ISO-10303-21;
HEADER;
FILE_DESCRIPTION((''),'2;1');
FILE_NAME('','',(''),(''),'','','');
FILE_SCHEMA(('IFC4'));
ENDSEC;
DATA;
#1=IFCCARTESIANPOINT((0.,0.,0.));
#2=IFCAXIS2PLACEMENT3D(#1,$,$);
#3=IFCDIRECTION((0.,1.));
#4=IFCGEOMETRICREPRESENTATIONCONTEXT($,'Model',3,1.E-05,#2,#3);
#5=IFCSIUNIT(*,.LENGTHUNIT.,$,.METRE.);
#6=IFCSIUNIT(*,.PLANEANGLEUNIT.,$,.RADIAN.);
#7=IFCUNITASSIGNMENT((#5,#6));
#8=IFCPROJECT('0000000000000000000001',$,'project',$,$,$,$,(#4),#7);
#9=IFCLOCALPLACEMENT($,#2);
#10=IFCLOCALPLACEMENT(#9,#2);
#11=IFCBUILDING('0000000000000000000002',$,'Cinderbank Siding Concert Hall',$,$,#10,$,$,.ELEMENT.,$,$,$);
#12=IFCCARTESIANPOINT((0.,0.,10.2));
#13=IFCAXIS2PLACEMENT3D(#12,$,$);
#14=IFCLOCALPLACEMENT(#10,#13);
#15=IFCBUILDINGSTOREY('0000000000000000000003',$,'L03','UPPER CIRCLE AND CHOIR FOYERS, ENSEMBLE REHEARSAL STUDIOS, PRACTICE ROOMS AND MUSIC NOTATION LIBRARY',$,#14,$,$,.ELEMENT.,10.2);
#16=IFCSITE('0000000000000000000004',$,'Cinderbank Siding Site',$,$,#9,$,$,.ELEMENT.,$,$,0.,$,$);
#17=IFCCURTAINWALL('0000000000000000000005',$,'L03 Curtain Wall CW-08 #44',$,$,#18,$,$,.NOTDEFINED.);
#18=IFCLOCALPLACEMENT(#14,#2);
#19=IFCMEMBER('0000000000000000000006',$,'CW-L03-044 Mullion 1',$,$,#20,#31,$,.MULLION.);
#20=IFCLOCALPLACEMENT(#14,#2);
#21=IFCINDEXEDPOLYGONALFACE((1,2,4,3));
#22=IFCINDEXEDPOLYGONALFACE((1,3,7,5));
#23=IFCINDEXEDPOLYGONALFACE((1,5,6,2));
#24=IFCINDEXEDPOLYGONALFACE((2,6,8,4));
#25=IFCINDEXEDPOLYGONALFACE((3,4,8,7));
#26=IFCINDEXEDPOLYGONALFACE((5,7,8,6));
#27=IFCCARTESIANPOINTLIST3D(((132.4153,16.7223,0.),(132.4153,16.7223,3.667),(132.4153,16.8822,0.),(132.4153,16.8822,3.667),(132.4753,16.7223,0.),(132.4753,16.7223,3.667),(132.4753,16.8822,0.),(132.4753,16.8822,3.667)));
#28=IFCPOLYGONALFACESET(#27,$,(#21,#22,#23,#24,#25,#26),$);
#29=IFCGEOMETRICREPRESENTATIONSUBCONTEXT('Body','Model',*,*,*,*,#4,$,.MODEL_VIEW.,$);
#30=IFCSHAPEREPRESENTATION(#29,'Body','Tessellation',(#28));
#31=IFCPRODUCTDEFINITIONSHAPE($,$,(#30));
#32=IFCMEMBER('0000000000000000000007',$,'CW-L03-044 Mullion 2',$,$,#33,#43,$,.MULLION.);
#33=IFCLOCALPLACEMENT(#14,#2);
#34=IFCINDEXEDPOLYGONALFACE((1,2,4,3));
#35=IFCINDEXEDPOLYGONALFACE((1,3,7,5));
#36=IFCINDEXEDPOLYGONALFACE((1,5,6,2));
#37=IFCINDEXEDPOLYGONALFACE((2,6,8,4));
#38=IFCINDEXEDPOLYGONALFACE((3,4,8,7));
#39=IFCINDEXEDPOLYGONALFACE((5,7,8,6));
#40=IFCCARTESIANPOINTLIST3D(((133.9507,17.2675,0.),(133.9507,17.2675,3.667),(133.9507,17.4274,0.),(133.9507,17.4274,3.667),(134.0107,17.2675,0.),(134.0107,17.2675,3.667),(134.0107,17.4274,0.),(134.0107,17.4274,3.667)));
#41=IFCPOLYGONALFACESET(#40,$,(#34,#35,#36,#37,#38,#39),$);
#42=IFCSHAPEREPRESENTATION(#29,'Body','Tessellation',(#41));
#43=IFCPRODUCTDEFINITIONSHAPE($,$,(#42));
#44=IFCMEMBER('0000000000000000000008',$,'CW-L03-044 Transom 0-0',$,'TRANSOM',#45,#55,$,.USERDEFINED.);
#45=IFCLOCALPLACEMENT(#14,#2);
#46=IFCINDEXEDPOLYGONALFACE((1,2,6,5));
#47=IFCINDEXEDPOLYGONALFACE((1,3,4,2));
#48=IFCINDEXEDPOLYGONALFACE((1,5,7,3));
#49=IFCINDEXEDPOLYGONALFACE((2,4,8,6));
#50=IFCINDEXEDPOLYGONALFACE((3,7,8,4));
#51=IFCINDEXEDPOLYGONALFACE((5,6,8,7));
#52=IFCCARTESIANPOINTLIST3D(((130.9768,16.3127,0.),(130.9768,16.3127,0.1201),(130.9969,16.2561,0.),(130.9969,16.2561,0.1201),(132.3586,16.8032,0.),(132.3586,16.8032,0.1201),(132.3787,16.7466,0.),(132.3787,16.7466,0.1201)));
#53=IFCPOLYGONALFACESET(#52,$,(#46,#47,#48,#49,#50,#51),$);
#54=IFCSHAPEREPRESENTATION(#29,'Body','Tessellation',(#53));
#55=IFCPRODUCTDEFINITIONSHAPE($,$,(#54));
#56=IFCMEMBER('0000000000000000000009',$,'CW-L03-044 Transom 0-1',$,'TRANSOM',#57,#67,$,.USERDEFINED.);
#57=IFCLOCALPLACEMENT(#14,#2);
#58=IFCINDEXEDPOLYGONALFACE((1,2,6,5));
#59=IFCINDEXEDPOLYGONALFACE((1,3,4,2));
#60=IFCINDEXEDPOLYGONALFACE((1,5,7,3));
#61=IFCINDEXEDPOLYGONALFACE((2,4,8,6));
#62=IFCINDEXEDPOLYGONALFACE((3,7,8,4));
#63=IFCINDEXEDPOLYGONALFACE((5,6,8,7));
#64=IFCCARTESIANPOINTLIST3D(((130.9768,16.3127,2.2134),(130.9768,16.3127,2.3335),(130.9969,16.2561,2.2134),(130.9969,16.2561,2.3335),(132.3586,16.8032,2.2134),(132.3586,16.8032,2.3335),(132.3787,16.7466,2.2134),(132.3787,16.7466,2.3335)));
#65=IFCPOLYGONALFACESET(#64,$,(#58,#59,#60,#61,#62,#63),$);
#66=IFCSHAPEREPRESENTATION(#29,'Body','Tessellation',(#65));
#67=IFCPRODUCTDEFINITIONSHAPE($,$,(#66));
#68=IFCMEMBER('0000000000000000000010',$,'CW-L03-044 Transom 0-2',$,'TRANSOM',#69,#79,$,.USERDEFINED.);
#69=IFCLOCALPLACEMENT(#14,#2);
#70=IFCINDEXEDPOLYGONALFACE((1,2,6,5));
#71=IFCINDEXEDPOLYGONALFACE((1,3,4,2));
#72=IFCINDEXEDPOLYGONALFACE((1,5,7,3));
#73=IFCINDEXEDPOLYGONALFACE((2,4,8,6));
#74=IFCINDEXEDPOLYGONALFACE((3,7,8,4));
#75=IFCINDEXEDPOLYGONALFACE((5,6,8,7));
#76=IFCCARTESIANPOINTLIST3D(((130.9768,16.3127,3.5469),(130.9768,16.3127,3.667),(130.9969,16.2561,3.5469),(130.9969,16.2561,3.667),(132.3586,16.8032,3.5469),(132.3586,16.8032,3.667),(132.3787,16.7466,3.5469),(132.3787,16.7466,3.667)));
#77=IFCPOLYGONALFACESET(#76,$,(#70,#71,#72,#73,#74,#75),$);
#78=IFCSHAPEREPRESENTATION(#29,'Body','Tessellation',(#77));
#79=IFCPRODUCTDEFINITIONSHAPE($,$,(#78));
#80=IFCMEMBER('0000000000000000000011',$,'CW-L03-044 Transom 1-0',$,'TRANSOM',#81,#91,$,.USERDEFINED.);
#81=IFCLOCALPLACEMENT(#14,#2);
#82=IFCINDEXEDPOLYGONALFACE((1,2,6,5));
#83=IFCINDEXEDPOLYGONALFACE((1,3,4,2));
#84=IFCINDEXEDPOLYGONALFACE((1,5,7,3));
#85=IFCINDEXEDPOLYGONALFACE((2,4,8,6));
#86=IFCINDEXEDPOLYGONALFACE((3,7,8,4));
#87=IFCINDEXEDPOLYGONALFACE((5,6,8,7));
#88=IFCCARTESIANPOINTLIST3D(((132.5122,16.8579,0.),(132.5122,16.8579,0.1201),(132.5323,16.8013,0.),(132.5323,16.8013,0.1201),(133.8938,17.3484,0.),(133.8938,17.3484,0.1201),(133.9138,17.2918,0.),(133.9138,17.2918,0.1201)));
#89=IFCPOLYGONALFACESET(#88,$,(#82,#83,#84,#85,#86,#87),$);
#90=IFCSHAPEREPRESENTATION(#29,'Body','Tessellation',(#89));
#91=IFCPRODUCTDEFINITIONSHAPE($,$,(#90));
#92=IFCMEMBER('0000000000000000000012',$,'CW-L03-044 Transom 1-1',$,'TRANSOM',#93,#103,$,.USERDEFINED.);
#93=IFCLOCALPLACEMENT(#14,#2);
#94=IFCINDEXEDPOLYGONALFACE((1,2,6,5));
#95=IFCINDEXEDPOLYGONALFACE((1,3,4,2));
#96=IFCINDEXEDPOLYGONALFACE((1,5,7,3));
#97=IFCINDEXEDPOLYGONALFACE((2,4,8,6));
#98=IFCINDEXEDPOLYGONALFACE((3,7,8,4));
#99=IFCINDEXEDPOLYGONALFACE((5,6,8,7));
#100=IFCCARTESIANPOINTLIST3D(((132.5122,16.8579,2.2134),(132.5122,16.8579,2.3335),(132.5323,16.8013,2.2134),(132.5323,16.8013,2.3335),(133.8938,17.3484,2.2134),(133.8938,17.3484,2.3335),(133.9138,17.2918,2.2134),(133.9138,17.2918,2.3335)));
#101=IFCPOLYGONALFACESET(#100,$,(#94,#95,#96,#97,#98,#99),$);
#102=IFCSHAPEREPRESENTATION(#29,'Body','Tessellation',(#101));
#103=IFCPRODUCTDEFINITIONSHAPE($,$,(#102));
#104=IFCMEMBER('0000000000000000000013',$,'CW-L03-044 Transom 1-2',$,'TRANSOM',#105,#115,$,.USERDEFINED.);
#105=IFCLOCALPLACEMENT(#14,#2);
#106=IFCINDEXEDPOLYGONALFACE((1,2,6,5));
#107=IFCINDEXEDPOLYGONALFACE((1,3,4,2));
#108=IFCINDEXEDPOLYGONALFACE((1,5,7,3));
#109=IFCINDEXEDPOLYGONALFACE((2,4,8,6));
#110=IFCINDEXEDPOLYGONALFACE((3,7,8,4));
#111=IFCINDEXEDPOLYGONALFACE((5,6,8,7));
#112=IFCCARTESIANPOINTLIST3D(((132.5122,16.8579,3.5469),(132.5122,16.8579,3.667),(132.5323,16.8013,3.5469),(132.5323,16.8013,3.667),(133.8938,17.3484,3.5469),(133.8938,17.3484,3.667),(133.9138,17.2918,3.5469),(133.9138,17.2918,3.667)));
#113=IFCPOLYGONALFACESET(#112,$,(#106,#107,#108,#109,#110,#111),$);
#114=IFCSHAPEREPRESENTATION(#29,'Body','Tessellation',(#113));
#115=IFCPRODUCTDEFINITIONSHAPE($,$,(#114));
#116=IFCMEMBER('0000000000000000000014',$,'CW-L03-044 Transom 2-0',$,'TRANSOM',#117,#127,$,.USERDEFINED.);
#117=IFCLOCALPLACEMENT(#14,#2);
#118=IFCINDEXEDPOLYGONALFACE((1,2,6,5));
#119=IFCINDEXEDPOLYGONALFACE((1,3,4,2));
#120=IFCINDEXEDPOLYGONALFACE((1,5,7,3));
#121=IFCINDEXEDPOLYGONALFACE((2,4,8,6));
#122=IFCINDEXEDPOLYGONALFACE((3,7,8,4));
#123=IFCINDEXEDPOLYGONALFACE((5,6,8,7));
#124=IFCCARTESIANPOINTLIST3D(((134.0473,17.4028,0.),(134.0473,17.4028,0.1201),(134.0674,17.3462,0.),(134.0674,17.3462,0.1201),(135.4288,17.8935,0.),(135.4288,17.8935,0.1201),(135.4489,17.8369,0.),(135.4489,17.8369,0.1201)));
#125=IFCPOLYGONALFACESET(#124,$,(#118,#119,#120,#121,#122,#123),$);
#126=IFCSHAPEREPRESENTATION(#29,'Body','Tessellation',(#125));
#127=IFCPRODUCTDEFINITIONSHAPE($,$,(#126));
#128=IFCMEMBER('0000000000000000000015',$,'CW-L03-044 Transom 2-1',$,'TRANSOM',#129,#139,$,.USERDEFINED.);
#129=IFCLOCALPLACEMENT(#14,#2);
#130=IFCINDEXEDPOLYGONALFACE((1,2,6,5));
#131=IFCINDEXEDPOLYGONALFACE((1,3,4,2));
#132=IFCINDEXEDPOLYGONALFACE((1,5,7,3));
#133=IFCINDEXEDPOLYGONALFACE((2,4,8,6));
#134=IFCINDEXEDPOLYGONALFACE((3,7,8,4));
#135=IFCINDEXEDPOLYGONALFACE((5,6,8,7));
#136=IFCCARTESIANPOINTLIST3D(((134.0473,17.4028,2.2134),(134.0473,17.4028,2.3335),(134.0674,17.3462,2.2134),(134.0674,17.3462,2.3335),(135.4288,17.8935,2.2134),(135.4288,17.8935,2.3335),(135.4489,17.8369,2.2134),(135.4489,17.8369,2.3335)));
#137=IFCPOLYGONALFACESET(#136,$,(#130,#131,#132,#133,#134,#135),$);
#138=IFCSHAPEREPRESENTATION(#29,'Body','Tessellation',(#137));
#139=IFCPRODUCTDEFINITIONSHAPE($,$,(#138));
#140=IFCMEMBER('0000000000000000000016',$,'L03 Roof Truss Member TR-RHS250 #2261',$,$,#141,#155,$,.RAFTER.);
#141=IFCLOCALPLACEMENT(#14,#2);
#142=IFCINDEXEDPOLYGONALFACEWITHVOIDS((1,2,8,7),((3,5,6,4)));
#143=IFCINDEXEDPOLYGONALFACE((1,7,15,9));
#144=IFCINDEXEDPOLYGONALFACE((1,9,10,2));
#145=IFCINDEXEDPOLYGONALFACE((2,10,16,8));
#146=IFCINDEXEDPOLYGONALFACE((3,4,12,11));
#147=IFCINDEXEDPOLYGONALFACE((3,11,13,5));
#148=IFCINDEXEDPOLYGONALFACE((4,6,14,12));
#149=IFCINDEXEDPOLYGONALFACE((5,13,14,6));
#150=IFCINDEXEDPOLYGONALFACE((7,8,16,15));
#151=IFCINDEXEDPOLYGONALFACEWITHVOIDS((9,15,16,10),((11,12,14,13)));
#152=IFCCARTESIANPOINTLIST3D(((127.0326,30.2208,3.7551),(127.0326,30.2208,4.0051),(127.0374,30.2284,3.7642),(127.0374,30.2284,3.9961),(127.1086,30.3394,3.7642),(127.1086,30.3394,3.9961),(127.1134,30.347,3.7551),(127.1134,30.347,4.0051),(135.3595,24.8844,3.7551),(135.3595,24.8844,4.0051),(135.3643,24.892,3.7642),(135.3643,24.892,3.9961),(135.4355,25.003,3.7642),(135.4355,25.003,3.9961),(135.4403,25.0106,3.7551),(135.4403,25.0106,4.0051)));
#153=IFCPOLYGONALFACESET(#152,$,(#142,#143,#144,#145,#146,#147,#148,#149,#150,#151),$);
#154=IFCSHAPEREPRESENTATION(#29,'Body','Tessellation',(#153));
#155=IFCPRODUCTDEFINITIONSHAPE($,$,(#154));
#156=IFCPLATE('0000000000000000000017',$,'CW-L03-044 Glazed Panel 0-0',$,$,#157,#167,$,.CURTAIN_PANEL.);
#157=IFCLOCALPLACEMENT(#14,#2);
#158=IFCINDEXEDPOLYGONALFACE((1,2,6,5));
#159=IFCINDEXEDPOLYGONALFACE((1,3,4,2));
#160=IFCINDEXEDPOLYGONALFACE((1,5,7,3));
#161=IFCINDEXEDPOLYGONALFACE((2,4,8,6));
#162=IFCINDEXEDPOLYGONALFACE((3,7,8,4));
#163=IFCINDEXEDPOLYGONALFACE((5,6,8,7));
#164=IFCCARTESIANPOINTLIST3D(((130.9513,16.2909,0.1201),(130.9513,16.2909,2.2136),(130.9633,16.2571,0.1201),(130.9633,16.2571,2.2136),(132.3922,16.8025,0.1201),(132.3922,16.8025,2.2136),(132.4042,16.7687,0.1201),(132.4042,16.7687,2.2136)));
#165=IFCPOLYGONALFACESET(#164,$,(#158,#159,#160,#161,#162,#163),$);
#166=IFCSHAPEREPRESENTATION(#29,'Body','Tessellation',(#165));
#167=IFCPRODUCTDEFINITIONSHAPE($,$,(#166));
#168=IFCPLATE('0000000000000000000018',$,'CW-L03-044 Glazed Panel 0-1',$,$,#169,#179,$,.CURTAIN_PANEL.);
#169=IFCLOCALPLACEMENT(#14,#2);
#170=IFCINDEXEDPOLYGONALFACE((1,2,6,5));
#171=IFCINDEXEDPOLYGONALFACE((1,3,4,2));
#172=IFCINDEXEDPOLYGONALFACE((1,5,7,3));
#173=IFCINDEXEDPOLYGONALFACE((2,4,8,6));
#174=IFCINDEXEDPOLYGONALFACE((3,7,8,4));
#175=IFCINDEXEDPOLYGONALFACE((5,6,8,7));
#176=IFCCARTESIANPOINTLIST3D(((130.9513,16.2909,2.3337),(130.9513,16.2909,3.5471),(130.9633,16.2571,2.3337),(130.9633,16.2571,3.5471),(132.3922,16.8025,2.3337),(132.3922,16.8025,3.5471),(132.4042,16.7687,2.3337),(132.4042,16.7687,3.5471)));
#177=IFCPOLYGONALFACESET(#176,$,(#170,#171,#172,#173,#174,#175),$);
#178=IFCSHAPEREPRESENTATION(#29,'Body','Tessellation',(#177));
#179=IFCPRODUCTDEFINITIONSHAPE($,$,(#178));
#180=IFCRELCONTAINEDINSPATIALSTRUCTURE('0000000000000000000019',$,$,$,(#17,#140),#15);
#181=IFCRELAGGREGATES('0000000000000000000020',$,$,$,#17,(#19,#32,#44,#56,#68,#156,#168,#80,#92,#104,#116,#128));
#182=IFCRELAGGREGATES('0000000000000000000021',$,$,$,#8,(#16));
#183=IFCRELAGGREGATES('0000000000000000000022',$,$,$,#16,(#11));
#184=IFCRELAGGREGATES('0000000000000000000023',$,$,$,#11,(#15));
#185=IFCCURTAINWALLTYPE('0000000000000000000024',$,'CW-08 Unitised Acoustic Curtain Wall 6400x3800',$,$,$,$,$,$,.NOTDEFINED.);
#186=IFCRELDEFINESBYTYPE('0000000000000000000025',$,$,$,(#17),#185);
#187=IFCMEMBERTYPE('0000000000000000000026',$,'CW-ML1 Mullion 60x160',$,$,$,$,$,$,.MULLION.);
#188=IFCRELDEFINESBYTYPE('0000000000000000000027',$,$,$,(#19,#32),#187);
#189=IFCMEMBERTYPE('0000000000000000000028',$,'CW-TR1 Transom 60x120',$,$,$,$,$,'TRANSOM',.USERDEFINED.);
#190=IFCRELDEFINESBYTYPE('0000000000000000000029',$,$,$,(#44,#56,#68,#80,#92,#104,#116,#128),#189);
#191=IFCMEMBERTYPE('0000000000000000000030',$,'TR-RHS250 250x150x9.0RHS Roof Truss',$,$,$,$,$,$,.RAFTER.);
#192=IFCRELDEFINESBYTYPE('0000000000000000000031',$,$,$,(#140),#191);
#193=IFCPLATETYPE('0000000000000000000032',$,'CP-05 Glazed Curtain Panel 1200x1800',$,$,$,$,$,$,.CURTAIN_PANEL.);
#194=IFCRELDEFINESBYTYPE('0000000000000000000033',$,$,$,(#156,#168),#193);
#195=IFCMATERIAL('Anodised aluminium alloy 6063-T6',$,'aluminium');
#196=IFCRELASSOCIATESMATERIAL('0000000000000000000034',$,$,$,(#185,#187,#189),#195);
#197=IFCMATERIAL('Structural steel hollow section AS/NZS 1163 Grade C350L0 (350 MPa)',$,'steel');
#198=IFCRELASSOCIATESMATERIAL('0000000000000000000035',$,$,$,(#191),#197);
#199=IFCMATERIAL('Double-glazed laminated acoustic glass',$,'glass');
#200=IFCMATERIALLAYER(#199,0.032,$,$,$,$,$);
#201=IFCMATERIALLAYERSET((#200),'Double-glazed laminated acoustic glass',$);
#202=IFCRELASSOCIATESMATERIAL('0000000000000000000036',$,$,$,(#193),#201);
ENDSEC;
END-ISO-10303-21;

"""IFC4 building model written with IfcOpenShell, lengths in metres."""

from ifc_helpers import new_model, si_unit, direction, frame, origin, origin_2d, place, context, subcontext, project, spatial, rectangle, hollow_rectangle, extrude, material, layer, layer_set, material_profile, profile_set, type_object, element, aggregate, save


model = new_model("IFC4")

# Units and contexts
model_context = context("Model", 3, precision=1e-05, world=origin(), true_north=direction((0.0, 1.0)))
body_context = subcontext(model_context, "Body", "Model", "MODEL_VIEW")
ifc_project = project(units=[si_unit("LENGTHUNIT", "METRE"), si_unit("PLANEANGLEUNIT", "RADIAN")], contexts=[model_context])

# Site, building, storey
site_placement = place(None, origin())
site = spatial("IfcSite", under=ifc_project, at=site_placement, Name="Cinderbank Siding Site", CompositionType="ELEMENT", RefElevation=0.0)
building_placement = place(site_placement, origin())
building = spatial("IfcBuilding", under=site, at=building_placement, Name="Cinderbank Siding Concert Hall", CompositionType="ELEMENT")
storey_placement = place(building_placement, frame((0.0, 0.0, 10.2)))
storey = spatial("IfcBuildingStorey", under=building, at=storey_placement, Name="L03", Description="UPPER CIRCLE AND CHOIR FOYERS, ENSEMBLE REHEARSAL STUDIOS, PRACTICE ROOMS AND MUSIC NOTATION LIBRARY", CompositionType="ELEMENT", Elevation=10.2)

# Curtain wall, members
ifc_material_1 = material(Name="Anodised aluminium alloy 6063-T6", Category="aluminium")
curtain_wall_type = type_object("IfcCurtainWallType", Name="CW-08 Unitised Acoustic Curtain Wall 6400x3800", PredefinedType="NOTDEFINED", material=ifc_material_1)
curtain_wall_placement = place(storey_placement, origin())
curtain_wall = element("IfcCurtainWall", 1, at=curtain_wall_placement, inside=storey, type_object=curtain_wall_type, Name="L03 Curtain Wall CW-08 #44", PredefinedType="NOTDEFINED")
ifc_material_profile_1 = material_profile(ifc_material_1, rectangle(XDim=0.0601, YDim=0.1599, at=origin_2d()), Name="ALU-MULL-60x160", Category="LoadBearing")
ifc_profile_set_1 = profile_set([ifc_material_profile_1], Name="Anodised aluminium alloy 6063-T6")
member_type_1 = type_object("IfcMemberType", Name="CW-ML1 Mullion 60x160", PredefinedType="MULLION", material=ifc_profile_set_1)
member_1_placement = place(storey_placement, frame((132.4453, 16.8022, 0.0), z_axis=(0.0, 0.0, 1.0), x_axis=(1.0, 0.0, 0.0)))
member_1 = element("IfcMember", 2, at=member_1_placement, type_object=member_type_1, Name="CW-L03-044 Mullion 1", PredefinedType="MULLION", context=body_context, shape_type="SweptSolid", body=[
    extrude(rectangle(XDim=0.0601, YDim=0.1599, at=origin_2d()), origin(), (0.0, 0.0, 1.0), 3.667),
])
member_2_placement = place(storey_placement, frame((133.9807, 17.3474, 0.0), z_axis=(0.0, 0.0, 1.0), x_axis=(1.0, 0.0, 0.0)))
member_2 = element("IfcMember", 3, at=member_2_placement, type_object=member_type_1, Name="CW-L03-044 Mullion 2", PredefinedType="MULLION", context=body_context, shape_type="SweptSolid", body=[
    extrude(rectangle(XDim=0.0601, YDim=0.1599, at=origin_2d()), origin(), (0.0, 0.0, 1.0), 3.667),
])
ifc_material_profile_2 = material_profile(ifc_material_1, rectangle(XDim=0.0601, YDim=0.1201, at=origin_2d()), Name="ALU-TRAN-60x120", Category="LoadBearing")
ifc_profile_set_2 = profile_set([ifc_material_profile_2], Name="Anodised aluminium alloy 6063-T6")
member_type_2 = type_object("IfcMemberType", Name="CW-TR1 Transom 60x120", ElementType="TRANSOM", PredefinedType="USERDEFINED", material=ifc_profile_set_2)
member_3_placement = place(storey_placement, frame((130.9868, 16.2844, 0.0601), z_axis=(0.942396, 0.3345, 0.0), x_axis=(-0.3345, 0.942396, 0.0)))
member_3 = element("IfcMember", 4, at=member_3_placement, type_object=member_type_2, Name="CW-L03-044 Transom 0-0", ObjectType="TRANSOM", PredefinedType="USERDEFINED", context=body_context, shape_type="SweptSolid", body=[
    extrude(rectangle(XDim=0.0601, YDim=0.1201, at=origin_2d()), origin(), (0.0, 0.0, 1.0), 1.4663),
])
member_4_placement = place(storey_placement, frame((130.9868, 16.2844, 2.2734), z_axis=(0.942396, 0.3345, 0.0), x_axis=(-0.3345, 0.942396, 0.0)))
member_4 = element("IfcMember", 5, at=member_4_placement, type_object=member_type_2, Name="CW-L03-044 Transom 0-1", ObjectType="TRANSOM", PredefinedType="USERDEFINED", context=body_context, shape_type="SweptSolid", body=[
    extrude(rectangle(XDim=0.0601, YDim=0.1201, at=origin_2d()), origin(), (0.0, 0.0, 1.0), 1.4663),
])
member_5_placement = place(storey_placement, frame((130.9868, 16.2844, 3.6069), z_axis=(0.942396, 0.3345, 0.0), x_axis=(-0.3345, 0.942396, 0.0)))
member_5 = element("IfcMember", 6, at=member_5_placement, type_object=member_type_2, Name="CW-L03-044 Transom 0-2", ObjectType="TRANSOM", PredefinedType="USERDEFINED", context=body_context, shape_type="SweptSolid", body=[
    extrude(rectangle(XDim=0.0601, YDim=0.1201, at=origin_2d()), origin(), (0.0, 0.0, 1.0), 1.4663),
])
member_6_placement = place(storey_placement, frame((132.5222, 16.8296, 0.0601), z_axis=(0.942377, 0.334553, 0.0), x_axis=(-0.334553, 0.942377, 0.0)))
member_6 = element("IfcMember", 7, at=member_6_placement, type_object=member_type_2, Name="CW-L03-044 Transom 1-0", ObjectType="TRANSOM", PredefinedType="USERDEFINED", context=body_context, shape_type="SweptSolid", body=[
    extrude(rectangle(XDim=0.0601, YDim=0.1201, at=origin_2d()), origin(), (0.0, 0.0, 1.0), 1.4661),
])
member_7_placement = place(storey_placement, frame((132.5222, 16.8296, 2.2734), z_axis=(0.942377, 0.334553, 0.0), x_axis=(-0.334553, 0.942377, 0.0)))
member_7 = element("IfcMember", 8, at=member_7_placement, type_object=member_type_2, Name="CW-L03-044 Transom 1-1", ObjectType="TRANSOM", PredefinedType="USERDEFINED", context=body_context, shape_type="SweptSolid", body=[
    extrude(rectangle(XDim=0.0601, YDim=0.1201, at=origin_2d()), origin(), (0.0, 0.0, 1.0), 1.4661),
])
member_8_placement = place(storey_placement, frame((132.5222, 16.8296, 3.6069), z_axis=(0.942377, 0.334553, 0.0), x_axis=(-0.334553, 0.942377, 0.0)))
member_8 = element("IfcMember", 9, at=member_8_placement, type_object=member_type_2, Name="CW-L03-044 Transom 1-2", ObjectType="TRANSOM", PredefinedType="USERDEFINED", context=body_context, shape_type="SweptSolid", body=[
    extrude(rectangle(XDim=0.0601, YDim=0.1201, at=origin_2d()), origin(), (0.0, 0.0, 1.0), 1.4661),
])
member_9_placement = place(storey_placement, frame((134.0574, 17.3745, 0.0601), z_axis=(0.942324, 0.334701, 0.0), x_axis=(-0.334701, 0.942324, 0.0)))
member_9 = element("IfcMember", 10, at=member_9_placement, type_object=member_type_2, Name="CW-L03-044 Transom 2-0", ObjectType="TRANSOM", PredefinedType="USERDEFINED", context=body_context, shape_type="SweptSolid", body=[
    extrude(rectangle(XDim=0.0601, YDim=0.1201, at=origin_2d()), origin(), (0.0, 0.0, 1.0), 1.4661),
])
member_10_placement = place(storey_placement, frame((134.0574, 17.3745, 2.2734), z_axis=(0.942324, 0.334701, 0.0), x_axis=(-0.334701, 0.942324, 0.0)))
member_10 = element("IfcMember", 11, at=member_10_placement, type_object=member_type_2, Name="CW-L03-044 Transom 2-1", ObjectType="TRANSOM", PredefinedType="USERDEFINED", context=body_context, shape_type="SweptSolid", body=[
    extrude(rectangle(XDim=0.0601, YDim=0.1201, at=origin_2d()), origin(), (0.0, 0.0, 1.0), 1.4661),
])

# Member
ifc_material_2 = material(Name="Structural steel hollow section AS/NZS 1163 Grade C350L0 (350 MPa)", Category="steel")
ifc_material_profile_3 = material_profile(ifc_material_2, hollow_rectangle(XDim=0.1499, YDim=0.25, WallThickness=0.009, at=origin_2d()), Name="250x150x9.0RHS", Category="LoadBearing")
ifc_profile_set_3 = profile_set([ifc_material_profile_3], Name="Structural steel hollow section AS/NZS 1163 Grade C350L0 (350 MPa)")
member_type_3 = type_object("IfcMemberType", Name="TR-RHS250 250x150x9.0RHS Roof Truss", PredefinedType="RAFTER", material=ifc_profile_set_3)
member_11_placement = place(storey_placement, frame((127.073, 30.2839, 3.8801), z_axis=(0.84194, -0.539571, 0.0), x_axis=(0.539571, 0.84194, 0.0)))
element("IfcMember", 12, at=member_11_placement, inside=storey, type_object=member_type_3, Name="L03 Roof Truss Member TR-RHS250 #2261", PredefinedType="RAFTER", context=body_context, shape_type="SweptSolid", body=[
    extrude(hollow_rectangle(XDim=0.1499, YDim=0.25, WallThickness=0.009, at=origin_2d()), origin(), (0.0, 0.0, 1.0), 9.8901),
])

# Plates
ifc_material_3 = material(Name="Double-glazed laminated acoustic glass", Category="glass")
ifc_layer_1 = layer(ifc_material_3, 0.032)
ifc_layer_set_1 = layer_set([ifc_layer_1], Name="Double-glazed laminated acoustic glass")
plate_type = type_object("IfcPlateType", Name="CP-05 Glazed Curtain Panel 1200x1800", PredefinedType="CURTAIN_PANEL", material=ifc_layer_set_1)
plate_1_placement = place(storey_placement, frame((131.6777, 16.5298, 0.1201), z_axis=(0.0, 0.0, 1.0), x_axis=(0.942366, 0.334585, 0.0)))
plate_1 = element("IfcPlate", 13, at=plate_1_placement, type_object=plate_type, Name="CW-L03-044 Glazed Panel 0-0", PredefinedType="CURTAIN_PANEL", context=body_context, shape_type="SweptSolid", body=[
    extrude(rectangle(XDim=1.5291, YDim=0.0359, at=origin_2d()), origin(), (0.0, 0.0, 1.0), 2.0935),
])
plate_2_placement = place(storey_placement, frame((131.6777, 16.5298, 2.3337), z_axis=(0.0, 0.0, 1.0), x_axis=(0.942366, 0.334585, 0.0)))
plate_2 = element("IfcPlate", 14, at=plate_2_placement, type_object=plate_type, Name="CW-L03-044 Glazed Panel 0-1", PredefinedType="CURTAIN_PANEL", context=body_context, shape_type="SweptSolid", body=[
    extrude(rectangle(XDim=1.5291, YDim=0.0359, at=origin_2d()), origin(), (0.0, 0.0, 1.0), 1.2134),
])
aggregate(curtain_wall, [member_1, member_2, member_3, member_4, member_5, plate_1, plate_2, member_6, member_7, member_8, member_9, member_10])

save(model, "model.ifc")
